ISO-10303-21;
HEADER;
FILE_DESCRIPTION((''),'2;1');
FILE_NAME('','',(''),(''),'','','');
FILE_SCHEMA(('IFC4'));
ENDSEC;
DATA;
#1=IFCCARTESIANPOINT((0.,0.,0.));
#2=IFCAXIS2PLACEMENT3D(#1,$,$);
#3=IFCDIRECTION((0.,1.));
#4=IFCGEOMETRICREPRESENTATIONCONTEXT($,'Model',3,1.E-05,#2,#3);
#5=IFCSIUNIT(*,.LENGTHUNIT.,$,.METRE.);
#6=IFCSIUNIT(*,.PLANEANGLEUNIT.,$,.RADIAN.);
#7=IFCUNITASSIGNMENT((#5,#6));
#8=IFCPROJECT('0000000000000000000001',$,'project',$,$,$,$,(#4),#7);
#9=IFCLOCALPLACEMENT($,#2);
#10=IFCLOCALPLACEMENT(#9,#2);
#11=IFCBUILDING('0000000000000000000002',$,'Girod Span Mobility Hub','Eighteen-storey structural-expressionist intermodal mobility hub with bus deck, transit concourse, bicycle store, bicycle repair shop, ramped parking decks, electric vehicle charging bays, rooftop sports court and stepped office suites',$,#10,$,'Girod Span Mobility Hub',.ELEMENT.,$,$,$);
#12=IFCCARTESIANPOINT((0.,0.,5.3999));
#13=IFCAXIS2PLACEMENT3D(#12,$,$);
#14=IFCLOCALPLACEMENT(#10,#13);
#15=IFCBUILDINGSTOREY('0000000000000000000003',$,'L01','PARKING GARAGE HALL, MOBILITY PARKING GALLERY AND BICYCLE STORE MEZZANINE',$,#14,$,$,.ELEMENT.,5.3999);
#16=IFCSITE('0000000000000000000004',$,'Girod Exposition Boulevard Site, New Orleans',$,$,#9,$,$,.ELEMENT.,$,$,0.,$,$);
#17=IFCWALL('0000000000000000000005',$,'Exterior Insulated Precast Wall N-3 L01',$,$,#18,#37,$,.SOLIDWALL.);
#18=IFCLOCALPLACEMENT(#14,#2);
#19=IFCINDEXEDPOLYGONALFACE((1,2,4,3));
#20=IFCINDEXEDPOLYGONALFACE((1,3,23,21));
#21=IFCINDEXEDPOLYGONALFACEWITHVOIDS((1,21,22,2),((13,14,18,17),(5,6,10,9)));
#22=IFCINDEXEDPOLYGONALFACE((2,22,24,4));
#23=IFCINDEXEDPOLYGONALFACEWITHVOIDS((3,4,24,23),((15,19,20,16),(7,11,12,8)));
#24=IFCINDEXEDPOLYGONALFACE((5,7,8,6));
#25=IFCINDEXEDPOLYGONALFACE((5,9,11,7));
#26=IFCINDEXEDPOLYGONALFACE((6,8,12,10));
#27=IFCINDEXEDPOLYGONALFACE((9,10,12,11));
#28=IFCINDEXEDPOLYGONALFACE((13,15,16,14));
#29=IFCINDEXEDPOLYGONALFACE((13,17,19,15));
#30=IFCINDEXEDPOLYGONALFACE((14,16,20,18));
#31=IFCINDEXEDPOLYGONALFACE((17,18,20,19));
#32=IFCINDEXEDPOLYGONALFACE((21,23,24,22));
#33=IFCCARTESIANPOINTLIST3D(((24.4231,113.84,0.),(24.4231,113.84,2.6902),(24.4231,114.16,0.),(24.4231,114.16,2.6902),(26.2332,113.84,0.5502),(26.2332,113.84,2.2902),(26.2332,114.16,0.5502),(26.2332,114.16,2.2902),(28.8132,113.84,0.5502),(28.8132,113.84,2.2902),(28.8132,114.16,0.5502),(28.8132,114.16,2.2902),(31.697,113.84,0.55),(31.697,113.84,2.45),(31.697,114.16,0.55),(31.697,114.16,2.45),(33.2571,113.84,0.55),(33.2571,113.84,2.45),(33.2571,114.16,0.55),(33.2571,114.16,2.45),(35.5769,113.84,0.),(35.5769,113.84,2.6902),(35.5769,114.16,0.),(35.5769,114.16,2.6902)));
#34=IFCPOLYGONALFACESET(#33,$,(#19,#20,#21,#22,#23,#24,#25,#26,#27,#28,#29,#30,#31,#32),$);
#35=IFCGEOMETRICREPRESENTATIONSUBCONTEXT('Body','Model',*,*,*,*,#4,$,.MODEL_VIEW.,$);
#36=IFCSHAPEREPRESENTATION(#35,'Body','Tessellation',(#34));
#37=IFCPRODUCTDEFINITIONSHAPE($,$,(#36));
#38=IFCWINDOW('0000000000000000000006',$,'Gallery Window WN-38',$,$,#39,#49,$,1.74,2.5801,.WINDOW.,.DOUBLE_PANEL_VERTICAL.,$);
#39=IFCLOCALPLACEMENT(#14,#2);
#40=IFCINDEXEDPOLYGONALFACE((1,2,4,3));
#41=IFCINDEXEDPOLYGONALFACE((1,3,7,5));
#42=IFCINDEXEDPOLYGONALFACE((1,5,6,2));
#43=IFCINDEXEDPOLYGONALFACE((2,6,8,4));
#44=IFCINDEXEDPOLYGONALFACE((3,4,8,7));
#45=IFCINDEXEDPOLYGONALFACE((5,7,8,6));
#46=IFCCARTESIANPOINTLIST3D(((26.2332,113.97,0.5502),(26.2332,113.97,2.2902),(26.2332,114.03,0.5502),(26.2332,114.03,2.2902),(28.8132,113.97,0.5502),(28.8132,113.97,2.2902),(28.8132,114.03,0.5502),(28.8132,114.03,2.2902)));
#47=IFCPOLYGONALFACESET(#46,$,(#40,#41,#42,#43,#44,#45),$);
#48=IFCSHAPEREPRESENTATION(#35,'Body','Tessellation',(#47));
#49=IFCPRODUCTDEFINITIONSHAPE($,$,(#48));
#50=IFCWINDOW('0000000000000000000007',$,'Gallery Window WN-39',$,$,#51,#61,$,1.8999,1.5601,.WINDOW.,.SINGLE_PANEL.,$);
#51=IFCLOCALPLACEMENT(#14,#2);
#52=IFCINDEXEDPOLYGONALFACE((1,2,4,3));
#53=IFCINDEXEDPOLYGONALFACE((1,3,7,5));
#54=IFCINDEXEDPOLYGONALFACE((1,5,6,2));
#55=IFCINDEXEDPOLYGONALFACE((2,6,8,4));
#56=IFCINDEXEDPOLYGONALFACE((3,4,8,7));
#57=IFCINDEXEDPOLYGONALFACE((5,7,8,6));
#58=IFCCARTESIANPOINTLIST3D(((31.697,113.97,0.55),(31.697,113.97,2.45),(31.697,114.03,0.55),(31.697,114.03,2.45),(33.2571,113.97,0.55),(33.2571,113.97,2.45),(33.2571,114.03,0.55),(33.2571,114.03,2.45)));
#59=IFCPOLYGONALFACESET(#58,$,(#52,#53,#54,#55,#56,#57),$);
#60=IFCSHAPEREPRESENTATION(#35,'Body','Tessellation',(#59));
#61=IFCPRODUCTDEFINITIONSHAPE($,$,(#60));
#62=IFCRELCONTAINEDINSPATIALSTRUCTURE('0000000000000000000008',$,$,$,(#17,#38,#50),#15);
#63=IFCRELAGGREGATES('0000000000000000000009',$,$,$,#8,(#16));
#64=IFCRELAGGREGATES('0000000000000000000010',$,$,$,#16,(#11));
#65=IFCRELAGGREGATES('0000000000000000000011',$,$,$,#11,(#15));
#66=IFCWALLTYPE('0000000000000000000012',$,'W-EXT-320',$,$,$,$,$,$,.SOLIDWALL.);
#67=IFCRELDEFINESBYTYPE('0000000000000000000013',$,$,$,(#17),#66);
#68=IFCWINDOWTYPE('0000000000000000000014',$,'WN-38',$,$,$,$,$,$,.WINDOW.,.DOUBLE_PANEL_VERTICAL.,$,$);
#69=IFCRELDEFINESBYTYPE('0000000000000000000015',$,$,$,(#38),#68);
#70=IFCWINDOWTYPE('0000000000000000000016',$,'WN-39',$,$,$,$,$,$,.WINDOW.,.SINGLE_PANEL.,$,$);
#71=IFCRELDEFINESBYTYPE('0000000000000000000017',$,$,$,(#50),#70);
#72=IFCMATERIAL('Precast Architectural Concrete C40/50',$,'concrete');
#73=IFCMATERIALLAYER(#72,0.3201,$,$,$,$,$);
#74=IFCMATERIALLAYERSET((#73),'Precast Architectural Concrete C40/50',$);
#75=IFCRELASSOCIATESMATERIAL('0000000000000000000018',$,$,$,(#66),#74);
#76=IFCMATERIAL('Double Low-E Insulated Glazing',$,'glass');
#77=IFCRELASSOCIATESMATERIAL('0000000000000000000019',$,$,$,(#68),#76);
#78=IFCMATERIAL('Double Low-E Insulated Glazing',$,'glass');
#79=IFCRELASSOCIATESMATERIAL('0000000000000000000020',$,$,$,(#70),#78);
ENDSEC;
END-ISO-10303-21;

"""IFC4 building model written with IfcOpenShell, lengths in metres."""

from ifc_helpers import new_model, si_unit, direction, frame, frame_2d, origin, place, context, subcontext, project, spatial, rectangle, extrude, material, layer, layer_set, type_object, element, fill, save


model = new_model("IFC4")

# Units and contexts
model_context = context("Model", 3, precision=1e-05, world=origin(), true_north=direction((0.0, 1.0)))
body_context = subcontext(model_context, "Body", "Model", "MODEL_VIEW")
ifc_project = project(units=[si_unit("LENGTHUNIT", "METRE"), si_unit("PLANEANGLEUNIT", "RADIAN")], contexts=[model_context])

# Site, building, storey
site_placement = place(None, origin())
site = spatial("IfcSite", under=ifc_project, at=site_placement, Name="Girod Exposition Boulevard Site, New Orleans", CompositionType="ELEMENT", RefElevation=0.0)
building_placement = place(site_placement, origin())
building = spatial("IfcBuilding", under=site, at=building_placement, Name="Girod Span Mobility Hub", Description="Eighteen-storey structural-expressionist intermodal mobility hub with bus deck, transit concourse, bicycle store, bicycle repair shop, ramped parking decks, electric vehicle charging bays, rooftop sports court and stepped office suites", LongName="Girod Span Mobility Hub", CompositionType="ELEMENT")
storey_placement = place(building_placement, frame((0.0, 0.0, 5.3999)))
storey = spatial("IfcBuildingStorey", under=building, at=storey_placement, Name="L01", Description="PARKING GARAGE HALL, MOBILITY PARKING GALLERY AND BICYCLE STORE MEZZANINE", CompositionType="ELEMENT", Elevation=5.3999)

# Wall, openings, windows
ifc_material_1 = material(Name="Precast Architectural Concrete C40/50", Category="concrete")
ifc_layer_1 = layer(ifc_material_1, 0.3201)
ifc_layer_set_1 = layer_set([ifc_layer_1], Name="Precast Architectural Concrete C40/50")
wall_type = type_object("IfcWallType", Name="W-EXT-320", PredefinedType="SOLIDWALL", material=ifc_layer_set_1)
wall_placement = place(storey_placement, frame((24.4231, 114.0, 0.0), z_axis=(0.0, 0.0, 1.0), x_axis=(1.0, 0.0, 0.0)))
wall = element("IfcWall", 1, at=wall_placement, inside=storey, type_object=wall_type, Name="Exterior Insulated Precast Wall N-3 L01", PredefinedType="SOLIDWALL", context=body_context, shape_type="SweptSolid", body=[
    extrude(rectangle(XDim=11.1538, YDim=0.3201, at=frame_2d((5.5769, 0.0))), origin(), (0.0, 0.0, 1.0), 2.6902),
])
opening_1_placement = place(wall_placement, frame((1.8101, 0.0, 0.55)))
opening_1 = element("IfcOpeningElement", 2, at=opening_1_placement, cuts=wall, PredefinedType="OPENING", context=body_context, shape_type="SweptSolid", body=[
    extrude(rectangle(XDim=2.5801, YDim=1.74, at=frame_2d((1.29, 0.8701))), frame((0.0, 0.175, 0.0), z_axis=(0.0, -1.0, 0.0), x_axis=(1.0, 0.0, 0.0)), (0.0, 0.0, 1.0), 0.3501),
])
opening_2_placement = place(wall_placement, frame((7.2739, 0.0, 0.55)))
opening_2 = element("IfcOpeningElement", 3, at=opening_2_placement, cuts=wall, PredefinedType="OPENING", context=body_context, shape_type="SweptSolid", body=[
    extrude(rectangle(XDim=1.5601, YDim=1.8999, at=frame_2d((0.78, 0.95))), frame((0.0, 0.175, 0.0), z_axis=(0.0, -1.0, 0.0), x_axis=(1.0, 0.0, 0.0)), (0.0, 0.0, 1.0), 0.3501),
])
ifc_material_2 = material(Name="Double Low-E Insulated Glazing", Category="glass")
window_type_1 = type_object("IfcWindowType", Name="WN-38", PartitioningType="DOUBLE_PANEL_VERTICAL", PredefinedType="WINDOW", material=ifc_material_2)
window_1_placement = place(opening_1_placement, origin())
window_1 = element("IfcWindow", 4, at=window_1_placement, inside=storey, type_object=window_type_1, Name="Gallery Window WN-38", OverallHeight=1.74, OverallWidth=2.5801, PartitioningType="DOUBLE_PANEL_VERTICAL", PredefinedType="WINDOW", context=body_context, shape_type="SweptSolid", body=[
    extrude(rectangle(XDim=2.5801, YDim=1.74, at=frame_2d((1.29, 0.8701))), frame((0.0, 0.03, 0.0), z_axis=(0.0, -1.0, 0.0), x_axis=(1.0, 0.0, 0.0)), (0.0, 0.0, 1.0), 0.0601),
])
fill(opening_1, window_1)
ifc_material_3 = material(Name="Double Low-E Insulated Glazing", Category="glass")
window_type_2 = type_object("IfcWindowType", Name="WN-39", PartitioningType="SINGLE_PANEL", PredefinedType="WINDOW", material=ifc_material_3)
window_2_placement = place(opening_2_placement, origin())
window_2 = element("IfcWindow", 5, at=window_2_placement, inside=storey, type_object=window_type_2, Name="Gallery Window WN-39", OverallHeight=1.8999, OverallWidth=1.5601, PartitioningType="SINGLE_PANEL", PredefinedType="WINDOW", context=body_context, shape_type="SweptSolid", body=[
    extrude(rectangle(XDim=1.5601, YDim=1.8999, at=frame_2d((0.78, 0.95))), frame((0.0, 0.03, 0.0), z_axis=(0.0, -1.0, 0.0), x_axis=(1.0, 0.0, 0.0)), (0.0, 0.0, 1.0), 0.0601),
])
fill(opening_2, window_2)

save(model, "model.ifc")
